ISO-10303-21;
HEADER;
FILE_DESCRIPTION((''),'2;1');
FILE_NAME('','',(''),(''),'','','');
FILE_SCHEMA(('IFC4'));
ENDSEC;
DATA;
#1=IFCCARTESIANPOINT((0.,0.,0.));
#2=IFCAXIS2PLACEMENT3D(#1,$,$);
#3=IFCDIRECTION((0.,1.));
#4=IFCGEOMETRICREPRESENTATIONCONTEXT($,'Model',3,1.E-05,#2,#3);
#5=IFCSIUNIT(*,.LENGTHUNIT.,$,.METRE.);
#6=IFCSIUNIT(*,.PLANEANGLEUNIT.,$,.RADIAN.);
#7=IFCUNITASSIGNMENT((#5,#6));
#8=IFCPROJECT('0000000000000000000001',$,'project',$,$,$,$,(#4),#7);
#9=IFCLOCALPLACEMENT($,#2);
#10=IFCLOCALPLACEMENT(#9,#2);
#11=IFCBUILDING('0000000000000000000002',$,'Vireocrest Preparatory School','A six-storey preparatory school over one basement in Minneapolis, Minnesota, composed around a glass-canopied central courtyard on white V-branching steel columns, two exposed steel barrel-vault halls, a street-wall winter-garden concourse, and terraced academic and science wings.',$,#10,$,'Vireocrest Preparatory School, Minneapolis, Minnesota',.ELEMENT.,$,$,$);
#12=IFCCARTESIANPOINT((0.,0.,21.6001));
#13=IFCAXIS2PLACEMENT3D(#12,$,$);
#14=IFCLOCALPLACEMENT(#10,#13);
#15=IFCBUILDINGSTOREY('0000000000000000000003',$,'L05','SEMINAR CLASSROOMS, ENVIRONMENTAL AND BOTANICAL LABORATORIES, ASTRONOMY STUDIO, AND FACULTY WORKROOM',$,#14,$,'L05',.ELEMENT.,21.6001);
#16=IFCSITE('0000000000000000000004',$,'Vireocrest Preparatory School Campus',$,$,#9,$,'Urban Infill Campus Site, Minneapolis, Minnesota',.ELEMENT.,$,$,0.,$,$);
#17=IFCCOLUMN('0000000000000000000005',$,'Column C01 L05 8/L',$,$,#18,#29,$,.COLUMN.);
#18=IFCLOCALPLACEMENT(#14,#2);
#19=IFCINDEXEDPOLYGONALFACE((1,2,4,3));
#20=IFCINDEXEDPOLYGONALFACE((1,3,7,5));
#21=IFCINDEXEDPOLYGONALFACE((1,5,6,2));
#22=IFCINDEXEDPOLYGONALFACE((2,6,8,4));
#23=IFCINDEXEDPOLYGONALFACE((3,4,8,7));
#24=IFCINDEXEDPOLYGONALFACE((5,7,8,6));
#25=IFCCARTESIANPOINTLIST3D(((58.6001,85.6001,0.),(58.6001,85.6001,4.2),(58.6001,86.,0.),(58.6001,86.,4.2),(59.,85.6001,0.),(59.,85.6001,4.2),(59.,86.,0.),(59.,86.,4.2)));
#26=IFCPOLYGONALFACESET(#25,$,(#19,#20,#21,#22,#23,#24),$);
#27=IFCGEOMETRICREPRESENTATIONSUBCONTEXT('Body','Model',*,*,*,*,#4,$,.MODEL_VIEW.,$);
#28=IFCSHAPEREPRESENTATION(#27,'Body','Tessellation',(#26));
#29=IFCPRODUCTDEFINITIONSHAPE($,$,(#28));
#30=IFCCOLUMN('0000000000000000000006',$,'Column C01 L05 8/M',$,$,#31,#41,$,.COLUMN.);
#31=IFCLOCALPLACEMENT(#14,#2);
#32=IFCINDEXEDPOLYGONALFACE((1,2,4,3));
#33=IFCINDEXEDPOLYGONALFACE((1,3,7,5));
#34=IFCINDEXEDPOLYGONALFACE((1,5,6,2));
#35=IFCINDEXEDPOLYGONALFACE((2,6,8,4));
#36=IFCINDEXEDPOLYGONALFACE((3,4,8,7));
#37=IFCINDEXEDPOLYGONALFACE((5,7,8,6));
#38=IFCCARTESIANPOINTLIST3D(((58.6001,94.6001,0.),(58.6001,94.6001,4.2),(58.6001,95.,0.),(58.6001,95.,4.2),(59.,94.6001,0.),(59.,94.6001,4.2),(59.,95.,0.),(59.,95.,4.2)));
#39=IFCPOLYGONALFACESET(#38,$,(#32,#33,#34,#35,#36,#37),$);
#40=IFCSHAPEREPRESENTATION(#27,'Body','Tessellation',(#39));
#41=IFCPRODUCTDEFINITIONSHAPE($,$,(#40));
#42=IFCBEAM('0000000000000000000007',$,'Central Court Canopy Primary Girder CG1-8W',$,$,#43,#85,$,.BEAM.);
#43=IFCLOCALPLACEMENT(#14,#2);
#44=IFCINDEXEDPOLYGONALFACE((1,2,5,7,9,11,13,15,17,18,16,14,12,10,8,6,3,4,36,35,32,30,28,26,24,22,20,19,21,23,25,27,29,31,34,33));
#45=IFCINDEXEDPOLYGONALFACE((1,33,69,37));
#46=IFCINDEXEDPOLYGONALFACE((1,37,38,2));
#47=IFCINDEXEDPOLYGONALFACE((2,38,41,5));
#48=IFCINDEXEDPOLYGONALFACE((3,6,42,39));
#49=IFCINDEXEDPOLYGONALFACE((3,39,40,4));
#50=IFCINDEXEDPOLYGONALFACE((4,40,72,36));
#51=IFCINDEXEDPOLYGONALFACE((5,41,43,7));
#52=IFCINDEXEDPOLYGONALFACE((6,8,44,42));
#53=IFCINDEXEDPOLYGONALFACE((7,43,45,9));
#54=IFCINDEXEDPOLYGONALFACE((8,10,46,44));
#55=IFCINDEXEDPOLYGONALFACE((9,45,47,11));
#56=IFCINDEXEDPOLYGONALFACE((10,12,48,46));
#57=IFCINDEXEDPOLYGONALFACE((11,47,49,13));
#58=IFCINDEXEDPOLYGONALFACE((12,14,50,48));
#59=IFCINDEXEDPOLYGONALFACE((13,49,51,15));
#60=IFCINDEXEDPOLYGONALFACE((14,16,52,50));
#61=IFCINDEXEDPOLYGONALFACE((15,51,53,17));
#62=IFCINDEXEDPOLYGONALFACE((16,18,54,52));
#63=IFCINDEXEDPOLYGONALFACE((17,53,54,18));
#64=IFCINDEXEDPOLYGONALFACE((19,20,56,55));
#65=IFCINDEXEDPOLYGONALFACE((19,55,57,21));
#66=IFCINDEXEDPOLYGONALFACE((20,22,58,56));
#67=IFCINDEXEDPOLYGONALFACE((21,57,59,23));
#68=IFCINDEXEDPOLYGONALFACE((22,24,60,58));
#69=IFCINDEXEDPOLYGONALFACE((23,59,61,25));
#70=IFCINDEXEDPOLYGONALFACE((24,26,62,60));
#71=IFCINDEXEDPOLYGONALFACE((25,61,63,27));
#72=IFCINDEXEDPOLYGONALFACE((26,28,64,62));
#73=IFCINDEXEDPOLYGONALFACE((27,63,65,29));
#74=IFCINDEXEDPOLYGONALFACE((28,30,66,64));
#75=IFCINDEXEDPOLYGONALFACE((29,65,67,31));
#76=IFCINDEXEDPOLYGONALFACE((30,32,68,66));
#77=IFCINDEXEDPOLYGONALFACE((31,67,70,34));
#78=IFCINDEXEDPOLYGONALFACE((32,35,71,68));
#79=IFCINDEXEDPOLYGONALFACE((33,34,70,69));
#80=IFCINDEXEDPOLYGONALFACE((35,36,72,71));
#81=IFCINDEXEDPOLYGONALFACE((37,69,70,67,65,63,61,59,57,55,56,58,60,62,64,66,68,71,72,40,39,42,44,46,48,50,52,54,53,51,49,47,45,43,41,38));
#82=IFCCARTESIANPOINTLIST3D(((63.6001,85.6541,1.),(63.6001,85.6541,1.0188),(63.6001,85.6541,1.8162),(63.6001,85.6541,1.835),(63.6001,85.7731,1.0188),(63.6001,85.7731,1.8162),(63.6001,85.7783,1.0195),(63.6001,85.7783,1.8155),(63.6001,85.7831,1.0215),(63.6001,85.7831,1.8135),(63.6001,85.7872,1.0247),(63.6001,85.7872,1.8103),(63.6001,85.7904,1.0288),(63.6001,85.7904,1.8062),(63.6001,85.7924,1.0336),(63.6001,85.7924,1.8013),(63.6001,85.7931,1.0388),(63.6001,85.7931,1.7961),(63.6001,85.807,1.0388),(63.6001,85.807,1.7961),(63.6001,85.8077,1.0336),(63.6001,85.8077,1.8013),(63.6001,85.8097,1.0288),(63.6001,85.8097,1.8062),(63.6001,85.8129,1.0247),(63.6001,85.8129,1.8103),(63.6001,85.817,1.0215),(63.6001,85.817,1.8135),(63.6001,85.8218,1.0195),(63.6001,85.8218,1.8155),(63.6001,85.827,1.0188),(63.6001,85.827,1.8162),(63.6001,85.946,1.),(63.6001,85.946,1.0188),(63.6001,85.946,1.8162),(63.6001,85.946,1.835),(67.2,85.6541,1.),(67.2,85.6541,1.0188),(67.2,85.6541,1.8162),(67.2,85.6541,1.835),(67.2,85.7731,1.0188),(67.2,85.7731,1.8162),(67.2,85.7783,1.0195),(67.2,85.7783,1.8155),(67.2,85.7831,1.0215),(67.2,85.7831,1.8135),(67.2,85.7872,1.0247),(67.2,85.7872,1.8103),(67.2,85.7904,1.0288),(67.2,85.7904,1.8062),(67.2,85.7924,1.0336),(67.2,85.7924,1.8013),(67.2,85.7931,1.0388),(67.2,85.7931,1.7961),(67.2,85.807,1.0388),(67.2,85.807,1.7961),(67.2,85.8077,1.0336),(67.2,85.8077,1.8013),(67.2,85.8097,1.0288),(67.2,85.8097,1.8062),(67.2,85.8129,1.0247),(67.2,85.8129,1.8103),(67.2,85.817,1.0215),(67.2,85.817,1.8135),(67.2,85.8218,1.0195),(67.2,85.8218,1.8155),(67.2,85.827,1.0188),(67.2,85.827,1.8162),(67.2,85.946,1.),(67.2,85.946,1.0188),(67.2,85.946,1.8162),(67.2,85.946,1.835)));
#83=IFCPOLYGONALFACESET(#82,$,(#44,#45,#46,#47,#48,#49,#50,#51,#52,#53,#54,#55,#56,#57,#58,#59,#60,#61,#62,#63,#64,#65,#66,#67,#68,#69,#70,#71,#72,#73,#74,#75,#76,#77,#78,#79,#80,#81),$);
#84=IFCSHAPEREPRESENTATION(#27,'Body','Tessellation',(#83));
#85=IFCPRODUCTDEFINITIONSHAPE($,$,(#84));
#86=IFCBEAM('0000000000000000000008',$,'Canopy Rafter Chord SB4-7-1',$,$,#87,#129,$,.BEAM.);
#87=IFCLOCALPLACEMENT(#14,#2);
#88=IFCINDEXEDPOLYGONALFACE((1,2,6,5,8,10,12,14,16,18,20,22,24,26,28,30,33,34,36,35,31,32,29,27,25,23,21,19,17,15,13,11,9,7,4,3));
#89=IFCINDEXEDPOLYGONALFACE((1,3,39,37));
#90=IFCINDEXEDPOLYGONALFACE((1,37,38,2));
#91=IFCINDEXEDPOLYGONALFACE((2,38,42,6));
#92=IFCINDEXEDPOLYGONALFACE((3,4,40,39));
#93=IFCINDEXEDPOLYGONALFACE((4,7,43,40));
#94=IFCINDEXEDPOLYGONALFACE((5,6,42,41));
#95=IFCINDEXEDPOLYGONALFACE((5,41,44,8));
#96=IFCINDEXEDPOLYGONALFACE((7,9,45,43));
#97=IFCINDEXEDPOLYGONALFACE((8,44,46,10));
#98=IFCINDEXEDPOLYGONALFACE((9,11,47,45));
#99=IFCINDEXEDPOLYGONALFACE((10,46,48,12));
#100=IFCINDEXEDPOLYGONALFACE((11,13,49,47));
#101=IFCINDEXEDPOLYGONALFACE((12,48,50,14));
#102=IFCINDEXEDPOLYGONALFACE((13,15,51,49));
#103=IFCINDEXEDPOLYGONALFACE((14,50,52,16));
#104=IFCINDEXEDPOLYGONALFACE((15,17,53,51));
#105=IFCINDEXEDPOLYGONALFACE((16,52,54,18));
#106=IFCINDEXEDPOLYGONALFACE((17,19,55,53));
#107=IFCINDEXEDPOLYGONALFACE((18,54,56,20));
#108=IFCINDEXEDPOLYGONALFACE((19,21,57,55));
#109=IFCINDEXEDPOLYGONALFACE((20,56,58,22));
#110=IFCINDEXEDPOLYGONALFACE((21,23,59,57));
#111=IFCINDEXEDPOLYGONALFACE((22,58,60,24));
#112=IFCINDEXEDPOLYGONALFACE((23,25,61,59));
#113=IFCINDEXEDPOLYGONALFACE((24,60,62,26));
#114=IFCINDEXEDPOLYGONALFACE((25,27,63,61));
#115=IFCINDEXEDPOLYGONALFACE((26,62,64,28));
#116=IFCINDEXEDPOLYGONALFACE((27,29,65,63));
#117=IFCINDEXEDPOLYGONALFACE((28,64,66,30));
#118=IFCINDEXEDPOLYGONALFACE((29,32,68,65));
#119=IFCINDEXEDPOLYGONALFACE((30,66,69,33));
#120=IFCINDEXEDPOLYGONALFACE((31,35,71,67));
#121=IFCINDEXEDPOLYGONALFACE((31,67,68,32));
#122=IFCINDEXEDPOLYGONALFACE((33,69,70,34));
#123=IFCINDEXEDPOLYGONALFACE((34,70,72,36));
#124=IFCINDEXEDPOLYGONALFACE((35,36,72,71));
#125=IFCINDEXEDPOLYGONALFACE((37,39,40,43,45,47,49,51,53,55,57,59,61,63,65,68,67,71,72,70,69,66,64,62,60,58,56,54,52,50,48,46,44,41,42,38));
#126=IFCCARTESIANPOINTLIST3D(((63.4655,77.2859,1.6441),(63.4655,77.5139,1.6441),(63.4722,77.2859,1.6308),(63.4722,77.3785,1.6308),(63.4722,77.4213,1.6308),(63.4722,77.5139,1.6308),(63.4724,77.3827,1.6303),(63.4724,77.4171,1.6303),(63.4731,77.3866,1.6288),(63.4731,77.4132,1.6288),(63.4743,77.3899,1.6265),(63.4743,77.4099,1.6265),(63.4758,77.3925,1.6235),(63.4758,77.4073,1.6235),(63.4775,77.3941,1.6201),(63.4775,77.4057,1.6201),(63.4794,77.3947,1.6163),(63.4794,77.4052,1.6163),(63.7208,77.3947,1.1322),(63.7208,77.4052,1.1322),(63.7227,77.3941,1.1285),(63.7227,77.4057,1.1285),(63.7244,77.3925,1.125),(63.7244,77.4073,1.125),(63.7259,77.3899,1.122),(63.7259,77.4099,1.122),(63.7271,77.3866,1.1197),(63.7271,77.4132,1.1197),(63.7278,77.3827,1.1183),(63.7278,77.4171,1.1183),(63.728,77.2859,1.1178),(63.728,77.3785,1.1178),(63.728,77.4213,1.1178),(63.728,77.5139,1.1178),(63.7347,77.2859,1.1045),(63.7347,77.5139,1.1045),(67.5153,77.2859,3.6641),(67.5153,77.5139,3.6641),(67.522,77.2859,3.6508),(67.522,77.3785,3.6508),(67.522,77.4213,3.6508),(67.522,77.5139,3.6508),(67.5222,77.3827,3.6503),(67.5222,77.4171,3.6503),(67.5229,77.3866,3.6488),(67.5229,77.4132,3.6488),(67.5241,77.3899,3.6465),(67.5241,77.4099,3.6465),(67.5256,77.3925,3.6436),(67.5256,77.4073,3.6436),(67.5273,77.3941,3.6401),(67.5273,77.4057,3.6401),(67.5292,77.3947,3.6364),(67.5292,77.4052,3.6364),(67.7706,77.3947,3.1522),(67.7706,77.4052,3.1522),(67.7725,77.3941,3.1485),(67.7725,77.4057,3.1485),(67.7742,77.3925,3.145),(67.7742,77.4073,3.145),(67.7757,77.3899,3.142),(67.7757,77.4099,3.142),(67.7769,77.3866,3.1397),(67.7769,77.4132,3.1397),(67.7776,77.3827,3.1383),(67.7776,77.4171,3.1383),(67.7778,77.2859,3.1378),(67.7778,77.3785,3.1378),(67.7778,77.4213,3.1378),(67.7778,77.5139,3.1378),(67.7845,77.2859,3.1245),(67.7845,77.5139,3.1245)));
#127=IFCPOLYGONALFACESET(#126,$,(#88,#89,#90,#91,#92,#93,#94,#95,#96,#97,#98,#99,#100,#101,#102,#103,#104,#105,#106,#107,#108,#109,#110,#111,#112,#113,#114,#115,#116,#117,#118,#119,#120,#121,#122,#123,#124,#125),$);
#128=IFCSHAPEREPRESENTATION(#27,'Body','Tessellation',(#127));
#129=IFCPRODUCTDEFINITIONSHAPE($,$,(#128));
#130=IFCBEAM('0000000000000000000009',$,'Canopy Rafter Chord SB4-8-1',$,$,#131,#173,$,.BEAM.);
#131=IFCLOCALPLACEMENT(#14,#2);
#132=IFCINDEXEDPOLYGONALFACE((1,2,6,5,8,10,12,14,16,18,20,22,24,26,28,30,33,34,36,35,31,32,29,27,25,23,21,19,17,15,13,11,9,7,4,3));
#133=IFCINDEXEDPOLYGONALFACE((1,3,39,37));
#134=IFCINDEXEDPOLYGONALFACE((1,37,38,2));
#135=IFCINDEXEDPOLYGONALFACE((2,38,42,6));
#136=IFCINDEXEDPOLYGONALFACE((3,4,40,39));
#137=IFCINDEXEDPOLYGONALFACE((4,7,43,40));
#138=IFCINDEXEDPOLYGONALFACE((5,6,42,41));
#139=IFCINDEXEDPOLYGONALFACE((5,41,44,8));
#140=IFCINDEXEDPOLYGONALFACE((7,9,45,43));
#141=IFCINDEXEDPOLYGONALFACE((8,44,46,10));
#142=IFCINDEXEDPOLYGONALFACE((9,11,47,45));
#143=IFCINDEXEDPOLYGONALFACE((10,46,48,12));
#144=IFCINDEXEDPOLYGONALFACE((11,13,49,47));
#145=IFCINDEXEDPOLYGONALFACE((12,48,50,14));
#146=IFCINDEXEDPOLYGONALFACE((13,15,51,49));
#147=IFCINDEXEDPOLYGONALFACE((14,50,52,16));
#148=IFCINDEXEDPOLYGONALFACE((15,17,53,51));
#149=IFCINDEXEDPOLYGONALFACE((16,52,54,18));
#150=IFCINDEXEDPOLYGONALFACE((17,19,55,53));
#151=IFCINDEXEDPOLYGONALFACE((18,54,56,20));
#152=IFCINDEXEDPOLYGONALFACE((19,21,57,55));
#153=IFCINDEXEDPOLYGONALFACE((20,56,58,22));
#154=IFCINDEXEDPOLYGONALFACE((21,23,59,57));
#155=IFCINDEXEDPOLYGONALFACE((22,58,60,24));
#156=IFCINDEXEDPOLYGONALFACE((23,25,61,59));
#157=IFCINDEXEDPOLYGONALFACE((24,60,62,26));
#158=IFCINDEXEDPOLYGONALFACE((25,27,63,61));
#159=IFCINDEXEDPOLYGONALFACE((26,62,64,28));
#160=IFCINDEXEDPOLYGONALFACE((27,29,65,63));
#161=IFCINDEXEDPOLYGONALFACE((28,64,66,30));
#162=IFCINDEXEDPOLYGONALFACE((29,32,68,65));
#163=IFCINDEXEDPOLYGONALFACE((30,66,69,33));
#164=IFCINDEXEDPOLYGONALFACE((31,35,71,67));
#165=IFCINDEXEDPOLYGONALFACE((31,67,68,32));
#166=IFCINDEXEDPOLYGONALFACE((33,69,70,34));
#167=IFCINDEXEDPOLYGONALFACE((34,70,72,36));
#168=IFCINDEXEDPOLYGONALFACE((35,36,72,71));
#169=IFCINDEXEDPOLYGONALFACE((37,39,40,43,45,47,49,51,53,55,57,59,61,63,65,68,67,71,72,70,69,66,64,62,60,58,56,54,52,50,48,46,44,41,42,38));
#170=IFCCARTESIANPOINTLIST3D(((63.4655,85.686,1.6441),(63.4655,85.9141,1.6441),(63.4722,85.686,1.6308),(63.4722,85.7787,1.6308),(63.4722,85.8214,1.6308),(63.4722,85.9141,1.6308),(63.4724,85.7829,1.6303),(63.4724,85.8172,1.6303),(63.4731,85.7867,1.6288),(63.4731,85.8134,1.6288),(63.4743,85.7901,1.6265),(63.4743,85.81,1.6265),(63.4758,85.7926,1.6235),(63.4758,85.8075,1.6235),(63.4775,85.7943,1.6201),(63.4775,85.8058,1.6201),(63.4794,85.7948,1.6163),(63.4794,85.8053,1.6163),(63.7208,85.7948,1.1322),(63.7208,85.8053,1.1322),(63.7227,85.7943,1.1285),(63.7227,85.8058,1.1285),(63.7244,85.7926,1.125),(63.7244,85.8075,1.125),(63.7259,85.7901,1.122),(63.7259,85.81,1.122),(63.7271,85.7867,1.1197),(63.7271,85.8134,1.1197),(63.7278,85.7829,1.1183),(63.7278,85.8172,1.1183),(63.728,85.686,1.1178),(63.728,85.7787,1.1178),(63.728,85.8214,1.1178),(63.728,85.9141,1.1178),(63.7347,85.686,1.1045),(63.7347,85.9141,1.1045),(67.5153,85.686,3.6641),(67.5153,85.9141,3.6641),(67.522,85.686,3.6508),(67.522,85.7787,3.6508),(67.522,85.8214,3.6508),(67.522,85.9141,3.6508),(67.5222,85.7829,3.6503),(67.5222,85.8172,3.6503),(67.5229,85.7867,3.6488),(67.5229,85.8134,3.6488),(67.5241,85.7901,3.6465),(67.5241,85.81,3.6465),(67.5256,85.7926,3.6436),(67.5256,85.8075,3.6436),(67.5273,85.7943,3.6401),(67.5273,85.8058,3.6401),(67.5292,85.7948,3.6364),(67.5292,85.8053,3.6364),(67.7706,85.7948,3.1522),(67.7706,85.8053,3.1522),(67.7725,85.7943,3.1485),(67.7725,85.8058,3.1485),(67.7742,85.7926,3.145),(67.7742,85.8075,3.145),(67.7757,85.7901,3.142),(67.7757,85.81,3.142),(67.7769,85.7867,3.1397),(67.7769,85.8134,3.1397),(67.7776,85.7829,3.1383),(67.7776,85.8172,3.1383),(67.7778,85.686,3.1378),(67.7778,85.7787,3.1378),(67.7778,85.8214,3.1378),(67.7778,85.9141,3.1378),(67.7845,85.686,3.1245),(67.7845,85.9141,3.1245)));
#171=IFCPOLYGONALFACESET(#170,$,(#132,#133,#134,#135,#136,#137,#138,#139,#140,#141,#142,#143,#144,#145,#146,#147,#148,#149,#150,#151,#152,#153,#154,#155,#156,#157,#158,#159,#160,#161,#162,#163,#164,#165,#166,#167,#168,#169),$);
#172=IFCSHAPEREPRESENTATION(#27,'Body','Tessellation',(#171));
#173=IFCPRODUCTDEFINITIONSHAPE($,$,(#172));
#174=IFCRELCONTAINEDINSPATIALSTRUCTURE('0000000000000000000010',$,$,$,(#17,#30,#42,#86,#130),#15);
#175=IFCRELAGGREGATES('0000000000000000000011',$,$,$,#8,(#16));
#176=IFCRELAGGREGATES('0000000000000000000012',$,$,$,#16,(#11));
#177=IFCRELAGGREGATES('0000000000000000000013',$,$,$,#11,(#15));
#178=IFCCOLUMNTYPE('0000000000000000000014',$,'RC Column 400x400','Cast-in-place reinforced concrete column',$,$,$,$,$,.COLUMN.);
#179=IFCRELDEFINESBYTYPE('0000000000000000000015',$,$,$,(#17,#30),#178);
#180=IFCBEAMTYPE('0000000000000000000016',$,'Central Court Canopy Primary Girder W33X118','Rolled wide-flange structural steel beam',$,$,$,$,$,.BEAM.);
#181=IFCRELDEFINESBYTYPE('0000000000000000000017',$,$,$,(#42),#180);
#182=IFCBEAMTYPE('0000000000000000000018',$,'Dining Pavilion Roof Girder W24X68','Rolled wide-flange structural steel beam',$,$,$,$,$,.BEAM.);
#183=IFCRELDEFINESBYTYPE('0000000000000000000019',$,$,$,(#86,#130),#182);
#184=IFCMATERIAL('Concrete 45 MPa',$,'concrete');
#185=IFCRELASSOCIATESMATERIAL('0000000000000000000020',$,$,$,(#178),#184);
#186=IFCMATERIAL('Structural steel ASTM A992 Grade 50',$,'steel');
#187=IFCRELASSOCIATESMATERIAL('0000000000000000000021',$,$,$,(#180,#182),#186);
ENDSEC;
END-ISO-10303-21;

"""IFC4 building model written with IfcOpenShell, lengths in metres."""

from ifc_helpers import new_model, si_unit, direction, frame, origin, origin_2d, place, context, subcontext, project, spatial, rectangle, i_section, extrude, material, material_profile, profile_set, type_object, element, save


model = new_model("IFC4")

# Units and contexts
model_context = context("Model", 3, precision=1e-05, world=origin(), true_north=direction((0.0, 1.0)))
body_context = subcontext(model_context, "Body", "Model", "MODEL_VIEW")
ifc_project = project(units=[si_unit("LENGTHUNIT", "METRE"), si_unit("PLANEANGLEUNIT", "RADIAN")], contexts=[model_context])

# Site, building, storey
site_placement = place(None, origin())
site = spatial("IfcSite", under=ifc_project, at=site_placement, Name="Vireocrest Preparatory School Campus", LongName="Urban Infill Campus Site, Minneapolis, Minnesota", CompositionType="ELEMENT", RefElevation=0.0)
building_placement = place(site_placement, origin())
building = spatial("IfcBuilding", under=site, at=building_placement, Name="Vireocrest Preparatory School", Description="A six-storey preparatory school over one basement in Minneapolis, Minnesota, composed around a glass-canopied central courtyard on white V-branching steel columns, two exposed steel barrel-vault halls, a street-wall winter-garden concourse, and terraced academic and science wings.", LongName="Vireocrest Preparatory School, Minneapolis, Minnesota", CompositionType="ELEMENT")
storey_placement = place(building_placement, frame((0.0, 0.0, 21.6001)))
storey = spatial("IfcBuildingStorey", under=building, at=storey_placement, Name="L05", Description="SEMINAR CLASSROOMS, ENVIRONMENTAL AND BOTANICAL LABORATORIES, ASTRONOMY STUDIO, AND FACULTY WORKROOM", LongName="L05", CompositionType="ELEMENT", Elevation=21.6001)

# Columns
ifc_material_1 = material(Name="Concrete 45 MPa", Category="concrete")
ifc_material_profile_1 = material_profile(ifc_material_1, rectangle(XDim=0.3999, YDim=0.3999, at=origin_2d()), Name="RC 400x400")
ifc_profile_set_1 = profile_set([ifc_material_profile_1], Name="Concrete 45 MPa")
column_type = type_object("IfcColumnType", Name="RC Column 400x400", Description="Cast-in-place reinforced concrete column", PredefinedType="COLUMN", material=ifc_profile_set_1)
for number, where, z_axis, x_axis, name in (
    (1, (58.8, 85.8, 0.0), (0.0, 0.0, 1.0), (1.0, 0.0, 0.0), "Column C01 L05 8/L"),
    (2, (58.8, 94.8, 0.0), (0.0, 0.0, 1.0), (1.0, 0.0, 0.0), "Column C01 L05 8/M"),
):
    element("IfcColumn", number, at=place(storey_placement, frame(where, z_axis=z_axis, x_axis=x_axis)), inside=storey, type_object=column_type, Name=name, PredefinedType="COLUMN", context=body_context, shape_type="SweptSolid", body=[
        extrude(rectangle(XDim=0.3999, YDim=0.3999, at=origin_2d()), origin(), (0.0, 0.0, 1.0), 4.2),
    ])

# Beams
ifc_material_2 = material(Name="Structural steel ASTM A992 Grade 50", Category="steel")
ifc_material_profile_2 = material_profile(ifc_material_2, i_section(OverallWidth=0.292, OverallDepth=0.835, WebThickness=0.0139, FlangeThickness=0.0188, FilletRadius=0.02, at=origin_2d()), Name="W33X118")
ifc_profile_set_2 = profile_set([ifc_material_profile_2], Name="Structural steel ASTM A992 Grade 50")
beam_type_1 = type_object("IfcBeamType", Name="Central Court Canopy Primary Girder W33X118", Description="Rolled wide-flange structural steel beam", PredefinedType="BEAM", material=ifc_profile_set_2)
beam_1_placement = place(storey_placement, frame((63.6001, 85.8, 1.4175), z_axis=(1.0, 0.0, 0.0), x_axis=(0.0, 1.0, 0.0)))
element("IfcBeam", 3, at=beam_1_placement, inside=storey, type_object=beam_type_1, Name="Central Court Canopy Primary Girder CG1-8W", PredefinedType="BEAM", context=body_context, shape_type="SweptSolid", body=[
    extrude(i_section(OverallWidth=0.292, OverallDepth=0.835, WebThickness=0.0139, FlangeThickness=0.0188, FilletRadius=0.02, at=origin_2d()), origin(), (0.0, 0.0, 1.0), 3.5999),
])
ifc_material_profile_3 = material_profile(ifc_material_2, i_section(OverallWidth=0.228, OverallDepth=0.603, WebThickness=0.0105, FlangeThickness=0.0149, FilletRadius=0.0161, at=origin_2d()), Name="W24X68")
ifc_profile_set_3 = profile_set([ifc_material_profile_3], Name="Structural steel ASTM A992 Grade 50")
beam_type_2 = type_object("IfcBeamType", Name="Dining Pavilion Roof Girder W24X68", Description="Rolled wide-flange structural steel beam", PredefinedType="BEAM", material=ifc_profile_set_3)
for number, where, z_axis, x_axis, name in (
    (4, (63.6001, 77.3999, 1.3743), (0.894858, 0.0, 0.44635), (0.0, 1.0, 0.0), "Canopy Rafter Chord SB4-7-1"),
    (5, (63.6001, 85.8, 1.3743), (0.894858, 0.0, 0.44635), (0.0, 1.0, 0.0), "Canopy Rafter Chord SB4-8-1"),
):
    element("IfcBeam", number, at=place(storey_placement, frame(where, z_axis=z_axis, x_axis=x_axis)), inside=storey, type_object=beam_type_2, Name=name, PredefinedType="BEAM", context=body_context, shape_type="SweptSolid", body=[
        extrude(i_section(OverallWidth=0.228, OverallDepth=0.603, WebThickness=0.0105, FlangeThickness=0.0149, FilletRadius=0.0161, at=origin_2d()), origin(), (0.0, 0.0, 1.0), 4.5256),
    ])

save(model, "model.ifc")
